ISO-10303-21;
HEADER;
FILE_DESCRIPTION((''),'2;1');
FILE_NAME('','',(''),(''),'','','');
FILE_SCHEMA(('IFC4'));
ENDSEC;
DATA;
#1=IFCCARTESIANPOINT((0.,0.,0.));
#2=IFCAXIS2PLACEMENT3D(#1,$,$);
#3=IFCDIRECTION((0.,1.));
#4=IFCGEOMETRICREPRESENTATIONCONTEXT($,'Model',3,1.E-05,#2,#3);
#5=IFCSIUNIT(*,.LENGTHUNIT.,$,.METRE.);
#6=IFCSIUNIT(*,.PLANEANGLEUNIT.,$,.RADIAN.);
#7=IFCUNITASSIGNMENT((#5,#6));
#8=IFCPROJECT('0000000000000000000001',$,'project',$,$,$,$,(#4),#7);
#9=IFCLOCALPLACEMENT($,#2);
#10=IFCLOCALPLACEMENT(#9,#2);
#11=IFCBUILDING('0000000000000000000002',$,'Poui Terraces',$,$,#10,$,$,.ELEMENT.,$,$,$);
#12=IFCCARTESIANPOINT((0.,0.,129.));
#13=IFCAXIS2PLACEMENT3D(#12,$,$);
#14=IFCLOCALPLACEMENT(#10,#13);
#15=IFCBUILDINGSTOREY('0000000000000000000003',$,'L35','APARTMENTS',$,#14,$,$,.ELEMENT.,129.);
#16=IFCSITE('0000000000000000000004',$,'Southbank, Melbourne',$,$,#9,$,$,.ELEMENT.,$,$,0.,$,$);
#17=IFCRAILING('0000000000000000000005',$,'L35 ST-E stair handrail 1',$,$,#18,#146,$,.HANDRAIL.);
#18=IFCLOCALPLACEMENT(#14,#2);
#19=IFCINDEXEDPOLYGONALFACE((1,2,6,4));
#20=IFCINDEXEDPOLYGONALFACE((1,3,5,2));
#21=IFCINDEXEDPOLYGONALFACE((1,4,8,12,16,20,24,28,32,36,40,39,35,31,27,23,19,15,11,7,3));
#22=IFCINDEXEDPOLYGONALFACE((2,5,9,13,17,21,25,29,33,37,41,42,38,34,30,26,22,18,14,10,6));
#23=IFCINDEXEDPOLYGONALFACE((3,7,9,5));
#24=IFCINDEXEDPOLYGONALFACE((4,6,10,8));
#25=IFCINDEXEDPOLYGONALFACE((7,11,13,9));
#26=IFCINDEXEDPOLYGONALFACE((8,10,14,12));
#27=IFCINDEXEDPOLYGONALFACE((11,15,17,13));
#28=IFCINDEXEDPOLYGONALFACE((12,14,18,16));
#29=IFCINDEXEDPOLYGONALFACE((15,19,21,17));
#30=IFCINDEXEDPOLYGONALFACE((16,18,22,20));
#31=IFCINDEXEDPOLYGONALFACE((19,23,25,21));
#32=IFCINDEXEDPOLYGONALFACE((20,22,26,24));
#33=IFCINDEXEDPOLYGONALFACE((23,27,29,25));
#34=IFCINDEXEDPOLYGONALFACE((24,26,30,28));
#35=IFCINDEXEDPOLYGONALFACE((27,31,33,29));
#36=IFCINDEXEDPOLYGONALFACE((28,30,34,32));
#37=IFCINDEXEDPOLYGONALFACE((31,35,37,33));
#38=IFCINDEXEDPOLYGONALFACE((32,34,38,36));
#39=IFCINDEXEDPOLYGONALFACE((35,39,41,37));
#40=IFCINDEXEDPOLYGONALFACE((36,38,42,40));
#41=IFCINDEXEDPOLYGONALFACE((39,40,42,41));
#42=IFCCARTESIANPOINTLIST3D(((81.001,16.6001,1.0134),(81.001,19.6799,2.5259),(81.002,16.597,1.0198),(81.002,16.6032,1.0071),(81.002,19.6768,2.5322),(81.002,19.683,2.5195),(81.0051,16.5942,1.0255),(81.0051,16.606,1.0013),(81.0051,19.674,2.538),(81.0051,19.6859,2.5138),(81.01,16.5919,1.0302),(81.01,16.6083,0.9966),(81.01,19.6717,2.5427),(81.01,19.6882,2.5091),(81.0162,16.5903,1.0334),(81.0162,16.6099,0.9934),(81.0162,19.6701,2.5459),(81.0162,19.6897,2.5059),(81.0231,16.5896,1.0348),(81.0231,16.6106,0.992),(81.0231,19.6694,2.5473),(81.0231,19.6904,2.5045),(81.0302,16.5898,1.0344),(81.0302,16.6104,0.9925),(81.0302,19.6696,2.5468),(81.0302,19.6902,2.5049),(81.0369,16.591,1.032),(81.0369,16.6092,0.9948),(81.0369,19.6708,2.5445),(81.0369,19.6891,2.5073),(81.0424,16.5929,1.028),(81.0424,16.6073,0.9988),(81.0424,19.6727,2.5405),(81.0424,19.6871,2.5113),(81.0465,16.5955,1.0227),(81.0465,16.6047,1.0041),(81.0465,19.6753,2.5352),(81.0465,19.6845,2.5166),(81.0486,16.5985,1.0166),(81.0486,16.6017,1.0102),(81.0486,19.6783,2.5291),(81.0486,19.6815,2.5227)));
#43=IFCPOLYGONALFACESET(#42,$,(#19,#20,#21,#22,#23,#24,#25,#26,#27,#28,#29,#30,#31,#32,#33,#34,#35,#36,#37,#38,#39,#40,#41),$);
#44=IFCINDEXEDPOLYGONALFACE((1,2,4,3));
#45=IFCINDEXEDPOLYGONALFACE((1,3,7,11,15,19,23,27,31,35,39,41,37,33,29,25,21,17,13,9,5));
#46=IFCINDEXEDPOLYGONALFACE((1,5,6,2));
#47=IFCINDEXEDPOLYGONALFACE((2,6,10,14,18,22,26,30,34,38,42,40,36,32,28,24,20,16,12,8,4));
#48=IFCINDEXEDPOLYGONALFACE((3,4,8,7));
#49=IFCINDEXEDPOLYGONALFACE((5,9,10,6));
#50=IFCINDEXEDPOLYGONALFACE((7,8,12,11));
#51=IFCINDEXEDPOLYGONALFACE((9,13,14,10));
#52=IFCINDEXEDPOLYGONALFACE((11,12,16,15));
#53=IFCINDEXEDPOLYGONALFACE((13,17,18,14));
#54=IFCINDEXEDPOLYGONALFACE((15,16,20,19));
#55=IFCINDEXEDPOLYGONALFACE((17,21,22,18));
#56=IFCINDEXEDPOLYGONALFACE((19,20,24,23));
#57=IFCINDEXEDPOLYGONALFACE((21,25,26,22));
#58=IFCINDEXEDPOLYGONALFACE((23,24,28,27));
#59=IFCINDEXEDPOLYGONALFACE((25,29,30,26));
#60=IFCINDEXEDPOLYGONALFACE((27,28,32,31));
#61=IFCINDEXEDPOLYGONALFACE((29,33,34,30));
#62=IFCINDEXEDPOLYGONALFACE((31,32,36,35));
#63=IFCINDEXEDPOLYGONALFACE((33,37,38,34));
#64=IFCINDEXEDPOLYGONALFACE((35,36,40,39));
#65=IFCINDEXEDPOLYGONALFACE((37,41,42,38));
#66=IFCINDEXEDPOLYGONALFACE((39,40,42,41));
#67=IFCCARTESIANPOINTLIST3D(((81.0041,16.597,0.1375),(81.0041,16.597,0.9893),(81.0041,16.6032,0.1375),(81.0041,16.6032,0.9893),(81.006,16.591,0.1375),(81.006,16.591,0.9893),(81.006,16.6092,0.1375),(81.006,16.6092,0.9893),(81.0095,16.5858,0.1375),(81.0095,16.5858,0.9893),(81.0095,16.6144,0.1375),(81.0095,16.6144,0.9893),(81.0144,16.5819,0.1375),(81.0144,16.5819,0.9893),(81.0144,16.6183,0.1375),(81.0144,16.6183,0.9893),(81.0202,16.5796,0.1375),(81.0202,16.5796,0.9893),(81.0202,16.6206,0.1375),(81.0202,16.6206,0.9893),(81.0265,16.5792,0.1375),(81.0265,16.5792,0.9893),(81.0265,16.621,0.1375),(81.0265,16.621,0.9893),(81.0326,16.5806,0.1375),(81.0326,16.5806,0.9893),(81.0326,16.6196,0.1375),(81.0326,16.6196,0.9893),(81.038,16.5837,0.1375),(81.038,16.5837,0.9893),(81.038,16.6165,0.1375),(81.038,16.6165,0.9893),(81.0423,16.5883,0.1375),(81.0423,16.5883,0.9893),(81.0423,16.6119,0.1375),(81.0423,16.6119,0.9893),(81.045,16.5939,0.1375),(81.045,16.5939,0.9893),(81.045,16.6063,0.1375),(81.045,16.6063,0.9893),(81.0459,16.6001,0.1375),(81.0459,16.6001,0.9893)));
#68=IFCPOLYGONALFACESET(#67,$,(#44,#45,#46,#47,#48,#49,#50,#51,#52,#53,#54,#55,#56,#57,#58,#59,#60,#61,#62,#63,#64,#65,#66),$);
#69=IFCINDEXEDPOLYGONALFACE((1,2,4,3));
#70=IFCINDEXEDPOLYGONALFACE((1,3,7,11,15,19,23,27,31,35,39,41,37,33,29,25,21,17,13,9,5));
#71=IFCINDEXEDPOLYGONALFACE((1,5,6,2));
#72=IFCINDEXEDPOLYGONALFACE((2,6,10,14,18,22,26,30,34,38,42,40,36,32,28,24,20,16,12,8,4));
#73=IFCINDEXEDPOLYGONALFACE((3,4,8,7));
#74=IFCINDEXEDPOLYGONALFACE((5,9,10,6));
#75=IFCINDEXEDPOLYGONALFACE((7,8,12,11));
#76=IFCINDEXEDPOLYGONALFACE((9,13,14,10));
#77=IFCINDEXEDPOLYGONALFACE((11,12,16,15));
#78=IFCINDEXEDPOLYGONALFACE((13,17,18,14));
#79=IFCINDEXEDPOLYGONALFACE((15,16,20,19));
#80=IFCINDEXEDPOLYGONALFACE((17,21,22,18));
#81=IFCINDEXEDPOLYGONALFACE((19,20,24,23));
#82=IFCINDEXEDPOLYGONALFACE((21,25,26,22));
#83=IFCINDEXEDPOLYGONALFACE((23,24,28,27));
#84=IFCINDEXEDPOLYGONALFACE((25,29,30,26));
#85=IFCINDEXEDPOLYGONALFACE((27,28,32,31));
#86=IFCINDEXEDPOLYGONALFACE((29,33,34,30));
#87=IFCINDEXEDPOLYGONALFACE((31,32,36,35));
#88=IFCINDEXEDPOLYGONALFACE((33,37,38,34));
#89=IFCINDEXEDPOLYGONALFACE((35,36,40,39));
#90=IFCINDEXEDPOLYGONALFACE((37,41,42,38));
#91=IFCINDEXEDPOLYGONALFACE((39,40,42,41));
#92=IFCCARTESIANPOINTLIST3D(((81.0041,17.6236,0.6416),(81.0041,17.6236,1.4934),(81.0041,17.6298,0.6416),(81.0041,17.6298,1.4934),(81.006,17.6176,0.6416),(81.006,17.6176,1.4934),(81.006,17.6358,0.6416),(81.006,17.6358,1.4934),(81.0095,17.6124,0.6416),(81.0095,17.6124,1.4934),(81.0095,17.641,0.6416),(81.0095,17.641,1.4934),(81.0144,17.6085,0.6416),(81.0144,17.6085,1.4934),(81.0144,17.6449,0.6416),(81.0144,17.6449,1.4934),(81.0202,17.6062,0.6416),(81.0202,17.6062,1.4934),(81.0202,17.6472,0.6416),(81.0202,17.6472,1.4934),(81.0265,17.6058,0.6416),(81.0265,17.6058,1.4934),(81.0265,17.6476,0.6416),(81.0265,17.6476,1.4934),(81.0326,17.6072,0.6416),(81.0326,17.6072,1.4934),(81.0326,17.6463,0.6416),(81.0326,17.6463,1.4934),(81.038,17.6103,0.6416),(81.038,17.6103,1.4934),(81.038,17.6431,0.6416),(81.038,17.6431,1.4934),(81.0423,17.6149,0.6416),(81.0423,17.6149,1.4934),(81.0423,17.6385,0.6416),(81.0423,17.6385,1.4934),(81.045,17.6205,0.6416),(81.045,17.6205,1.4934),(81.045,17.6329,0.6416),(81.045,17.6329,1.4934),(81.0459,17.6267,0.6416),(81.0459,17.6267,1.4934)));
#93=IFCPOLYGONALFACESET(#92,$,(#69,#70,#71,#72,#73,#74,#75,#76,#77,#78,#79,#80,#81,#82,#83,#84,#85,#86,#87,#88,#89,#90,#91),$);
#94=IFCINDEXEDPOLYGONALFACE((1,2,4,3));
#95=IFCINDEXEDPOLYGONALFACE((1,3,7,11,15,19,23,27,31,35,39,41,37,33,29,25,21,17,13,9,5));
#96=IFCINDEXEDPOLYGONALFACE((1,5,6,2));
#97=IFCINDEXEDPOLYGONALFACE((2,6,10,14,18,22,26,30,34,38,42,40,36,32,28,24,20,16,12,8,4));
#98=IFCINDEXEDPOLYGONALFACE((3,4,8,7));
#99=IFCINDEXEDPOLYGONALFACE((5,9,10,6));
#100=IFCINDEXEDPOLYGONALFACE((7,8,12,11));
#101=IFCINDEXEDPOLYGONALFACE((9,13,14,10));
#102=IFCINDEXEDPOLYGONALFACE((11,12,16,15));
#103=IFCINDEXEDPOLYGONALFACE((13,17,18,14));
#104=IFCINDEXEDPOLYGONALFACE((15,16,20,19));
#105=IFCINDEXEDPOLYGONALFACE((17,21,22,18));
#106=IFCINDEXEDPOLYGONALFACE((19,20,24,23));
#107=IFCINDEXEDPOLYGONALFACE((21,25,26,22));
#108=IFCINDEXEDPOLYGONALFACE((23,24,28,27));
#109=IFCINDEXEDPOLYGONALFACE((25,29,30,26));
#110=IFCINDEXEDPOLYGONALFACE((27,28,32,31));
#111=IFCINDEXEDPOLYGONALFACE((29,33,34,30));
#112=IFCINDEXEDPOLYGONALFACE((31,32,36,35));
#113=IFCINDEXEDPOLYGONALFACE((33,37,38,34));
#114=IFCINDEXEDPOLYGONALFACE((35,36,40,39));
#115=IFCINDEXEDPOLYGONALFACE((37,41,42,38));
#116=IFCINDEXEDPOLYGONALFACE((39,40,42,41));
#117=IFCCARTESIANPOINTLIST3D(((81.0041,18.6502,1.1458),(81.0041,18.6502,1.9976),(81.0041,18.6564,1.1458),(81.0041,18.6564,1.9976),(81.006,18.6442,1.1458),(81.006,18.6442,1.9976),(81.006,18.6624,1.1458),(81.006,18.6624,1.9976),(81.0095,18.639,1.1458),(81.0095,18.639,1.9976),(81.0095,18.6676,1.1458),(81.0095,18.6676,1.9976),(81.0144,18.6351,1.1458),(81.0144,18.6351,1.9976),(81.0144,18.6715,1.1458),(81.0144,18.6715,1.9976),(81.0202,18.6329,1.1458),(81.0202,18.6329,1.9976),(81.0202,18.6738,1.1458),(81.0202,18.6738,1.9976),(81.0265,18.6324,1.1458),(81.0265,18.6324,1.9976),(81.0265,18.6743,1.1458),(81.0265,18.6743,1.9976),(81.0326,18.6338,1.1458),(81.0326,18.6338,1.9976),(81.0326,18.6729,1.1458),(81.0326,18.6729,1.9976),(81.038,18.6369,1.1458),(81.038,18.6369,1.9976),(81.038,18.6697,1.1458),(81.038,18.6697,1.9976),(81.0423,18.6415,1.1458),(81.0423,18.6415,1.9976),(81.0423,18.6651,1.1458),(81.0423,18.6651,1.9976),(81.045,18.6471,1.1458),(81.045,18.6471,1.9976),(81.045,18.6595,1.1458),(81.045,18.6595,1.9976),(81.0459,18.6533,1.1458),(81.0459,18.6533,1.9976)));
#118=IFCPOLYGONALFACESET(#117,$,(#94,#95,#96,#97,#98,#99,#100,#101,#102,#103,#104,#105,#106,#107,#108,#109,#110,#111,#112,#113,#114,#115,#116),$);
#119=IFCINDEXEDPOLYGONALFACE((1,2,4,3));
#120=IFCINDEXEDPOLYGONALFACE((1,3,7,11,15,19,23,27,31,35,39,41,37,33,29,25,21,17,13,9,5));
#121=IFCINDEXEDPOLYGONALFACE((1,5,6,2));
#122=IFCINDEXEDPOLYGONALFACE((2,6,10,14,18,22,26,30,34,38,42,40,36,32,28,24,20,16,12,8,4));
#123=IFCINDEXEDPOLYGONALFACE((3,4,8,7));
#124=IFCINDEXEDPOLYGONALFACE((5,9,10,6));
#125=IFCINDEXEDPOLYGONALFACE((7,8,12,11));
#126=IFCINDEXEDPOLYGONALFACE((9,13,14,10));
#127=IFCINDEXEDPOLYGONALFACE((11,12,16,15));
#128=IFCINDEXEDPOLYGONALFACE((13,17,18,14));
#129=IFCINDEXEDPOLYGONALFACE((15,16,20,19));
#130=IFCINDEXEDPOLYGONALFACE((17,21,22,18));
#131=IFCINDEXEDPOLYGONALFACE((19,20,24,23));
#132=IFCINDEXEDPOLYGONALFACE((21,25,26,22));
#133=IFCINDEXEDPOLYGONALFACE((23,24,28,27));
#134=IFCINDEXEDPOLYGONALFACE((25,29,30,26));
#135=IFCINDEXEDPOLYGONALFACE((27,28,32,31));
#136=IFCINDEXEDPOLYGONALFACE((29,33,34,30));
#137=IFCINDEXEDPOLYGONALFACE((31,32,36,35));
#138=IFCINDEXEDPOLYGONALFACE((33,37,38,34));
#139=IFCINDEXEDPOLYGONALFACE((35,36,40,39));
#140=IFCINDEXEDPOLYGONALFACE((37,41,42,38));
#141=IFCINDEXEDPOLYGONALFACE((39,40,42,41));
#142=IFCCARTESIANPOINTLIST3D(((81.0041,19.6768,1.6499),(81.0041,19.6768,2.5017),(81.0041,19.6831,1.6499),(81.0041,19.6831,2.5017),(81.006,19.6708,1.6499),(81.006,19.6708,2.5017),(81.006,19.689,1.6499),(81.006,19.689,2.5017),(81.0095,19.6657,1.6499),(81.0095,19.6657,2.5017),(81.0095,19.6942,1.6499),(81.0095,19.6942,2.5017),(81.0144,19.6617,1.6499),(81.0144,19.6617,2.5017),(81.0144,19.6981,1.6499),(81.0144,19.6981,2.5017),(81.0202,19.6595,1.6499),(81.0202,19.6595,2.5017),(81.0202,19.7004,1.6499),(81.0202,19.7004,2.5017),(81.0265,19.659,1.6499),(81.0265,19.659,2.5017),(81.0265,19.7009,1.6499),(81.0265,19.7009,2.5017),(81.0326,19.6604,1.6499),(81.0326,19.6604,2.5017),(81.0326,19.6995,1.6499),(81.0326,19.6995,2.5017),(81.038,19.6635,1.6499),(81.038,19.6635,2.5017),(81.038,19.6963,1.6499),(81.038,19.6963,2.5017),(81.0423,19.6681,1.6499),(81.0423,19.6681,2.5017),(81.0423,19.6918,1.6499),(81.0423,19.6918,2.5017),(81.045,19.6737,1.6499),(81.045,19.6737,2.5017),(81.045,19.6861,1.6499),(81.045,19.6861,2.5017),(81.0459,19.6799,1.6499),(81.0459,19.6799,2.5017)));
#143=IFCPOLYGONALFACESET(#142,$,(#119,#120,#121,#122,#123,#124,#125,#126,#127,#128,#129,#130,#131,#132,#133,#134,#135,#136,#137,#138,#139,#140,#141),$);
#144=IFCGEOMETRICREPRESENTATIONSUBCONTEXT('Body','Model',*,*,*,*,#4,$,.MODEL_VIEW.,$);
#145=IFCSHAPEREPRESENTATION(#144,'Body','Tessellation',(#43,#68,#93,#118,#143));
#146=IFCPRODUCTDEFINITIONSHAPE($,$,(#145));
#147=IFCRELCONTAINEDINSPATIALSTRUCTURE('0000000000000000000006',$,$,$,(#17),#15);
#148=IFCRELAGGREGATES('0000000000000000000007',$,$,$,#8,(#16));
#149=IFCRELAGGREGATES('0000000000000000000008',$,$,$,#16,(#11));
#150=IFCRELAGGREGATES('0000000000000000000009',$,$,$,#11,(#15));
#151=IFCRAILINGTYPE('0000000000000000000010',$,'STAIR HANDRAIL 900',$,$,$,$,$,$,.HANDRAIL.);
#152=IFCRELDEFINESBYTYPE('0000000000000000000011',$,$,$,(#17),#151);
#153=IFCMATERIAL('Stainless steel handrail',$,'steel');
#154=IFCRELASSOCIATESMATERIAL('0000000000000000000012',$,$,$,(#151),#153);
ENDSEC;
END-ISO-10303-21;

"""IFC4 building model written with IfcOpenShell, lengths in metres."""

from ifc_helpers import new_model, si_unit, direction, frame, origin, origin_2d, place, context, subcontext, project, spatial, circle, extrude, material, type_object, element, save


model = new_model("IFC4")

# Units and contexts
model_context = context("Model", 3, precision=1e-05, world=origin(), true_north=direction((0.0, 1.0)))
body_context = subcontext(model_context, "Body", "Model", "MODEL_VIEW")
ifc_project = project(units=[si_unit("LENGTHUNIT", "METRE"), si_unit("PLANEANGLEUNIT", "RADIAN")], contexts=[model_context])

# Site, building, storey
site_placement = place(None, origin())
site = spatial("IfcSite", under=ifc_project, at=site_placement, Name="Southbank, Melbourne", CompositionType="ELEMENT", RefElevation=0.0)
building_placement = place(site_placement, origin())
building = spatial("IfcBuilding", under=site, at=building_placement, Name="Poui Terraces", CompositionType="ELEMENT")
storey_placement = place(building_placement, frame((0.0, 0.0, 129.0)))
storey = spatial("IfcBuildingStorey", under=building, at=storey_placement, Name="L35", Description="APARTMENTS", CompositionType="ELEMENT", Elevation=129.0)

# Railing
ifc_material_1 = material(Name="Stainless steel handrail", Category="steel")
railing_type_1 = type_object("IfcRailingType", Name="STAIR HANDRAIL 900", PredefinedType="HANDRAIL", material=ifc_material_1)
railing_1_placement = place(storey_placement, frame((81.0249, 16.6001, 0.1375)))
element("IfcRailing", 1, at=railing_1_placement, inside=storey, type_object=railing_type_1, Name="L35 ST-E stair handrail 1", PredefinedType="HANDRAIL", context=body_context, shape_type="SweptSolid", body=[
    extrude(circle(Radius=0.0239, at=origin_2d()), frame((0.0, 0.0, 0.876), z_axis=(0.0, 0.897606, 0.440798), x_axis=(-1.0, 0.0, 0.0)), (0.0, 0.0, 1.0), 3.4312),
    extrude(circle(Radius=0.021, at=origin_2d()), origin(), (0.0, 0.0, 1.0), 0.8518),
    extrude(circle(Radius=0.021, at=origin_2d()), frame((0.0, 1.0266, 0.5042)), (0.0, 0.0, 1.0), 0.8518),
    extrude(circle(Radius=0.021, at=origin_2d()), frame((0.0, 2.0532, 1.0083)), (0.0, 0.0, 1.0), 0.8518),
    extrude(circle(Radius=0.021, at=origin_2d()), frame((0.0, 3.0798, 1.5125)), (0.0, 0.0, 1.0), 0.8518),
])

save(model, "model.ifc")
